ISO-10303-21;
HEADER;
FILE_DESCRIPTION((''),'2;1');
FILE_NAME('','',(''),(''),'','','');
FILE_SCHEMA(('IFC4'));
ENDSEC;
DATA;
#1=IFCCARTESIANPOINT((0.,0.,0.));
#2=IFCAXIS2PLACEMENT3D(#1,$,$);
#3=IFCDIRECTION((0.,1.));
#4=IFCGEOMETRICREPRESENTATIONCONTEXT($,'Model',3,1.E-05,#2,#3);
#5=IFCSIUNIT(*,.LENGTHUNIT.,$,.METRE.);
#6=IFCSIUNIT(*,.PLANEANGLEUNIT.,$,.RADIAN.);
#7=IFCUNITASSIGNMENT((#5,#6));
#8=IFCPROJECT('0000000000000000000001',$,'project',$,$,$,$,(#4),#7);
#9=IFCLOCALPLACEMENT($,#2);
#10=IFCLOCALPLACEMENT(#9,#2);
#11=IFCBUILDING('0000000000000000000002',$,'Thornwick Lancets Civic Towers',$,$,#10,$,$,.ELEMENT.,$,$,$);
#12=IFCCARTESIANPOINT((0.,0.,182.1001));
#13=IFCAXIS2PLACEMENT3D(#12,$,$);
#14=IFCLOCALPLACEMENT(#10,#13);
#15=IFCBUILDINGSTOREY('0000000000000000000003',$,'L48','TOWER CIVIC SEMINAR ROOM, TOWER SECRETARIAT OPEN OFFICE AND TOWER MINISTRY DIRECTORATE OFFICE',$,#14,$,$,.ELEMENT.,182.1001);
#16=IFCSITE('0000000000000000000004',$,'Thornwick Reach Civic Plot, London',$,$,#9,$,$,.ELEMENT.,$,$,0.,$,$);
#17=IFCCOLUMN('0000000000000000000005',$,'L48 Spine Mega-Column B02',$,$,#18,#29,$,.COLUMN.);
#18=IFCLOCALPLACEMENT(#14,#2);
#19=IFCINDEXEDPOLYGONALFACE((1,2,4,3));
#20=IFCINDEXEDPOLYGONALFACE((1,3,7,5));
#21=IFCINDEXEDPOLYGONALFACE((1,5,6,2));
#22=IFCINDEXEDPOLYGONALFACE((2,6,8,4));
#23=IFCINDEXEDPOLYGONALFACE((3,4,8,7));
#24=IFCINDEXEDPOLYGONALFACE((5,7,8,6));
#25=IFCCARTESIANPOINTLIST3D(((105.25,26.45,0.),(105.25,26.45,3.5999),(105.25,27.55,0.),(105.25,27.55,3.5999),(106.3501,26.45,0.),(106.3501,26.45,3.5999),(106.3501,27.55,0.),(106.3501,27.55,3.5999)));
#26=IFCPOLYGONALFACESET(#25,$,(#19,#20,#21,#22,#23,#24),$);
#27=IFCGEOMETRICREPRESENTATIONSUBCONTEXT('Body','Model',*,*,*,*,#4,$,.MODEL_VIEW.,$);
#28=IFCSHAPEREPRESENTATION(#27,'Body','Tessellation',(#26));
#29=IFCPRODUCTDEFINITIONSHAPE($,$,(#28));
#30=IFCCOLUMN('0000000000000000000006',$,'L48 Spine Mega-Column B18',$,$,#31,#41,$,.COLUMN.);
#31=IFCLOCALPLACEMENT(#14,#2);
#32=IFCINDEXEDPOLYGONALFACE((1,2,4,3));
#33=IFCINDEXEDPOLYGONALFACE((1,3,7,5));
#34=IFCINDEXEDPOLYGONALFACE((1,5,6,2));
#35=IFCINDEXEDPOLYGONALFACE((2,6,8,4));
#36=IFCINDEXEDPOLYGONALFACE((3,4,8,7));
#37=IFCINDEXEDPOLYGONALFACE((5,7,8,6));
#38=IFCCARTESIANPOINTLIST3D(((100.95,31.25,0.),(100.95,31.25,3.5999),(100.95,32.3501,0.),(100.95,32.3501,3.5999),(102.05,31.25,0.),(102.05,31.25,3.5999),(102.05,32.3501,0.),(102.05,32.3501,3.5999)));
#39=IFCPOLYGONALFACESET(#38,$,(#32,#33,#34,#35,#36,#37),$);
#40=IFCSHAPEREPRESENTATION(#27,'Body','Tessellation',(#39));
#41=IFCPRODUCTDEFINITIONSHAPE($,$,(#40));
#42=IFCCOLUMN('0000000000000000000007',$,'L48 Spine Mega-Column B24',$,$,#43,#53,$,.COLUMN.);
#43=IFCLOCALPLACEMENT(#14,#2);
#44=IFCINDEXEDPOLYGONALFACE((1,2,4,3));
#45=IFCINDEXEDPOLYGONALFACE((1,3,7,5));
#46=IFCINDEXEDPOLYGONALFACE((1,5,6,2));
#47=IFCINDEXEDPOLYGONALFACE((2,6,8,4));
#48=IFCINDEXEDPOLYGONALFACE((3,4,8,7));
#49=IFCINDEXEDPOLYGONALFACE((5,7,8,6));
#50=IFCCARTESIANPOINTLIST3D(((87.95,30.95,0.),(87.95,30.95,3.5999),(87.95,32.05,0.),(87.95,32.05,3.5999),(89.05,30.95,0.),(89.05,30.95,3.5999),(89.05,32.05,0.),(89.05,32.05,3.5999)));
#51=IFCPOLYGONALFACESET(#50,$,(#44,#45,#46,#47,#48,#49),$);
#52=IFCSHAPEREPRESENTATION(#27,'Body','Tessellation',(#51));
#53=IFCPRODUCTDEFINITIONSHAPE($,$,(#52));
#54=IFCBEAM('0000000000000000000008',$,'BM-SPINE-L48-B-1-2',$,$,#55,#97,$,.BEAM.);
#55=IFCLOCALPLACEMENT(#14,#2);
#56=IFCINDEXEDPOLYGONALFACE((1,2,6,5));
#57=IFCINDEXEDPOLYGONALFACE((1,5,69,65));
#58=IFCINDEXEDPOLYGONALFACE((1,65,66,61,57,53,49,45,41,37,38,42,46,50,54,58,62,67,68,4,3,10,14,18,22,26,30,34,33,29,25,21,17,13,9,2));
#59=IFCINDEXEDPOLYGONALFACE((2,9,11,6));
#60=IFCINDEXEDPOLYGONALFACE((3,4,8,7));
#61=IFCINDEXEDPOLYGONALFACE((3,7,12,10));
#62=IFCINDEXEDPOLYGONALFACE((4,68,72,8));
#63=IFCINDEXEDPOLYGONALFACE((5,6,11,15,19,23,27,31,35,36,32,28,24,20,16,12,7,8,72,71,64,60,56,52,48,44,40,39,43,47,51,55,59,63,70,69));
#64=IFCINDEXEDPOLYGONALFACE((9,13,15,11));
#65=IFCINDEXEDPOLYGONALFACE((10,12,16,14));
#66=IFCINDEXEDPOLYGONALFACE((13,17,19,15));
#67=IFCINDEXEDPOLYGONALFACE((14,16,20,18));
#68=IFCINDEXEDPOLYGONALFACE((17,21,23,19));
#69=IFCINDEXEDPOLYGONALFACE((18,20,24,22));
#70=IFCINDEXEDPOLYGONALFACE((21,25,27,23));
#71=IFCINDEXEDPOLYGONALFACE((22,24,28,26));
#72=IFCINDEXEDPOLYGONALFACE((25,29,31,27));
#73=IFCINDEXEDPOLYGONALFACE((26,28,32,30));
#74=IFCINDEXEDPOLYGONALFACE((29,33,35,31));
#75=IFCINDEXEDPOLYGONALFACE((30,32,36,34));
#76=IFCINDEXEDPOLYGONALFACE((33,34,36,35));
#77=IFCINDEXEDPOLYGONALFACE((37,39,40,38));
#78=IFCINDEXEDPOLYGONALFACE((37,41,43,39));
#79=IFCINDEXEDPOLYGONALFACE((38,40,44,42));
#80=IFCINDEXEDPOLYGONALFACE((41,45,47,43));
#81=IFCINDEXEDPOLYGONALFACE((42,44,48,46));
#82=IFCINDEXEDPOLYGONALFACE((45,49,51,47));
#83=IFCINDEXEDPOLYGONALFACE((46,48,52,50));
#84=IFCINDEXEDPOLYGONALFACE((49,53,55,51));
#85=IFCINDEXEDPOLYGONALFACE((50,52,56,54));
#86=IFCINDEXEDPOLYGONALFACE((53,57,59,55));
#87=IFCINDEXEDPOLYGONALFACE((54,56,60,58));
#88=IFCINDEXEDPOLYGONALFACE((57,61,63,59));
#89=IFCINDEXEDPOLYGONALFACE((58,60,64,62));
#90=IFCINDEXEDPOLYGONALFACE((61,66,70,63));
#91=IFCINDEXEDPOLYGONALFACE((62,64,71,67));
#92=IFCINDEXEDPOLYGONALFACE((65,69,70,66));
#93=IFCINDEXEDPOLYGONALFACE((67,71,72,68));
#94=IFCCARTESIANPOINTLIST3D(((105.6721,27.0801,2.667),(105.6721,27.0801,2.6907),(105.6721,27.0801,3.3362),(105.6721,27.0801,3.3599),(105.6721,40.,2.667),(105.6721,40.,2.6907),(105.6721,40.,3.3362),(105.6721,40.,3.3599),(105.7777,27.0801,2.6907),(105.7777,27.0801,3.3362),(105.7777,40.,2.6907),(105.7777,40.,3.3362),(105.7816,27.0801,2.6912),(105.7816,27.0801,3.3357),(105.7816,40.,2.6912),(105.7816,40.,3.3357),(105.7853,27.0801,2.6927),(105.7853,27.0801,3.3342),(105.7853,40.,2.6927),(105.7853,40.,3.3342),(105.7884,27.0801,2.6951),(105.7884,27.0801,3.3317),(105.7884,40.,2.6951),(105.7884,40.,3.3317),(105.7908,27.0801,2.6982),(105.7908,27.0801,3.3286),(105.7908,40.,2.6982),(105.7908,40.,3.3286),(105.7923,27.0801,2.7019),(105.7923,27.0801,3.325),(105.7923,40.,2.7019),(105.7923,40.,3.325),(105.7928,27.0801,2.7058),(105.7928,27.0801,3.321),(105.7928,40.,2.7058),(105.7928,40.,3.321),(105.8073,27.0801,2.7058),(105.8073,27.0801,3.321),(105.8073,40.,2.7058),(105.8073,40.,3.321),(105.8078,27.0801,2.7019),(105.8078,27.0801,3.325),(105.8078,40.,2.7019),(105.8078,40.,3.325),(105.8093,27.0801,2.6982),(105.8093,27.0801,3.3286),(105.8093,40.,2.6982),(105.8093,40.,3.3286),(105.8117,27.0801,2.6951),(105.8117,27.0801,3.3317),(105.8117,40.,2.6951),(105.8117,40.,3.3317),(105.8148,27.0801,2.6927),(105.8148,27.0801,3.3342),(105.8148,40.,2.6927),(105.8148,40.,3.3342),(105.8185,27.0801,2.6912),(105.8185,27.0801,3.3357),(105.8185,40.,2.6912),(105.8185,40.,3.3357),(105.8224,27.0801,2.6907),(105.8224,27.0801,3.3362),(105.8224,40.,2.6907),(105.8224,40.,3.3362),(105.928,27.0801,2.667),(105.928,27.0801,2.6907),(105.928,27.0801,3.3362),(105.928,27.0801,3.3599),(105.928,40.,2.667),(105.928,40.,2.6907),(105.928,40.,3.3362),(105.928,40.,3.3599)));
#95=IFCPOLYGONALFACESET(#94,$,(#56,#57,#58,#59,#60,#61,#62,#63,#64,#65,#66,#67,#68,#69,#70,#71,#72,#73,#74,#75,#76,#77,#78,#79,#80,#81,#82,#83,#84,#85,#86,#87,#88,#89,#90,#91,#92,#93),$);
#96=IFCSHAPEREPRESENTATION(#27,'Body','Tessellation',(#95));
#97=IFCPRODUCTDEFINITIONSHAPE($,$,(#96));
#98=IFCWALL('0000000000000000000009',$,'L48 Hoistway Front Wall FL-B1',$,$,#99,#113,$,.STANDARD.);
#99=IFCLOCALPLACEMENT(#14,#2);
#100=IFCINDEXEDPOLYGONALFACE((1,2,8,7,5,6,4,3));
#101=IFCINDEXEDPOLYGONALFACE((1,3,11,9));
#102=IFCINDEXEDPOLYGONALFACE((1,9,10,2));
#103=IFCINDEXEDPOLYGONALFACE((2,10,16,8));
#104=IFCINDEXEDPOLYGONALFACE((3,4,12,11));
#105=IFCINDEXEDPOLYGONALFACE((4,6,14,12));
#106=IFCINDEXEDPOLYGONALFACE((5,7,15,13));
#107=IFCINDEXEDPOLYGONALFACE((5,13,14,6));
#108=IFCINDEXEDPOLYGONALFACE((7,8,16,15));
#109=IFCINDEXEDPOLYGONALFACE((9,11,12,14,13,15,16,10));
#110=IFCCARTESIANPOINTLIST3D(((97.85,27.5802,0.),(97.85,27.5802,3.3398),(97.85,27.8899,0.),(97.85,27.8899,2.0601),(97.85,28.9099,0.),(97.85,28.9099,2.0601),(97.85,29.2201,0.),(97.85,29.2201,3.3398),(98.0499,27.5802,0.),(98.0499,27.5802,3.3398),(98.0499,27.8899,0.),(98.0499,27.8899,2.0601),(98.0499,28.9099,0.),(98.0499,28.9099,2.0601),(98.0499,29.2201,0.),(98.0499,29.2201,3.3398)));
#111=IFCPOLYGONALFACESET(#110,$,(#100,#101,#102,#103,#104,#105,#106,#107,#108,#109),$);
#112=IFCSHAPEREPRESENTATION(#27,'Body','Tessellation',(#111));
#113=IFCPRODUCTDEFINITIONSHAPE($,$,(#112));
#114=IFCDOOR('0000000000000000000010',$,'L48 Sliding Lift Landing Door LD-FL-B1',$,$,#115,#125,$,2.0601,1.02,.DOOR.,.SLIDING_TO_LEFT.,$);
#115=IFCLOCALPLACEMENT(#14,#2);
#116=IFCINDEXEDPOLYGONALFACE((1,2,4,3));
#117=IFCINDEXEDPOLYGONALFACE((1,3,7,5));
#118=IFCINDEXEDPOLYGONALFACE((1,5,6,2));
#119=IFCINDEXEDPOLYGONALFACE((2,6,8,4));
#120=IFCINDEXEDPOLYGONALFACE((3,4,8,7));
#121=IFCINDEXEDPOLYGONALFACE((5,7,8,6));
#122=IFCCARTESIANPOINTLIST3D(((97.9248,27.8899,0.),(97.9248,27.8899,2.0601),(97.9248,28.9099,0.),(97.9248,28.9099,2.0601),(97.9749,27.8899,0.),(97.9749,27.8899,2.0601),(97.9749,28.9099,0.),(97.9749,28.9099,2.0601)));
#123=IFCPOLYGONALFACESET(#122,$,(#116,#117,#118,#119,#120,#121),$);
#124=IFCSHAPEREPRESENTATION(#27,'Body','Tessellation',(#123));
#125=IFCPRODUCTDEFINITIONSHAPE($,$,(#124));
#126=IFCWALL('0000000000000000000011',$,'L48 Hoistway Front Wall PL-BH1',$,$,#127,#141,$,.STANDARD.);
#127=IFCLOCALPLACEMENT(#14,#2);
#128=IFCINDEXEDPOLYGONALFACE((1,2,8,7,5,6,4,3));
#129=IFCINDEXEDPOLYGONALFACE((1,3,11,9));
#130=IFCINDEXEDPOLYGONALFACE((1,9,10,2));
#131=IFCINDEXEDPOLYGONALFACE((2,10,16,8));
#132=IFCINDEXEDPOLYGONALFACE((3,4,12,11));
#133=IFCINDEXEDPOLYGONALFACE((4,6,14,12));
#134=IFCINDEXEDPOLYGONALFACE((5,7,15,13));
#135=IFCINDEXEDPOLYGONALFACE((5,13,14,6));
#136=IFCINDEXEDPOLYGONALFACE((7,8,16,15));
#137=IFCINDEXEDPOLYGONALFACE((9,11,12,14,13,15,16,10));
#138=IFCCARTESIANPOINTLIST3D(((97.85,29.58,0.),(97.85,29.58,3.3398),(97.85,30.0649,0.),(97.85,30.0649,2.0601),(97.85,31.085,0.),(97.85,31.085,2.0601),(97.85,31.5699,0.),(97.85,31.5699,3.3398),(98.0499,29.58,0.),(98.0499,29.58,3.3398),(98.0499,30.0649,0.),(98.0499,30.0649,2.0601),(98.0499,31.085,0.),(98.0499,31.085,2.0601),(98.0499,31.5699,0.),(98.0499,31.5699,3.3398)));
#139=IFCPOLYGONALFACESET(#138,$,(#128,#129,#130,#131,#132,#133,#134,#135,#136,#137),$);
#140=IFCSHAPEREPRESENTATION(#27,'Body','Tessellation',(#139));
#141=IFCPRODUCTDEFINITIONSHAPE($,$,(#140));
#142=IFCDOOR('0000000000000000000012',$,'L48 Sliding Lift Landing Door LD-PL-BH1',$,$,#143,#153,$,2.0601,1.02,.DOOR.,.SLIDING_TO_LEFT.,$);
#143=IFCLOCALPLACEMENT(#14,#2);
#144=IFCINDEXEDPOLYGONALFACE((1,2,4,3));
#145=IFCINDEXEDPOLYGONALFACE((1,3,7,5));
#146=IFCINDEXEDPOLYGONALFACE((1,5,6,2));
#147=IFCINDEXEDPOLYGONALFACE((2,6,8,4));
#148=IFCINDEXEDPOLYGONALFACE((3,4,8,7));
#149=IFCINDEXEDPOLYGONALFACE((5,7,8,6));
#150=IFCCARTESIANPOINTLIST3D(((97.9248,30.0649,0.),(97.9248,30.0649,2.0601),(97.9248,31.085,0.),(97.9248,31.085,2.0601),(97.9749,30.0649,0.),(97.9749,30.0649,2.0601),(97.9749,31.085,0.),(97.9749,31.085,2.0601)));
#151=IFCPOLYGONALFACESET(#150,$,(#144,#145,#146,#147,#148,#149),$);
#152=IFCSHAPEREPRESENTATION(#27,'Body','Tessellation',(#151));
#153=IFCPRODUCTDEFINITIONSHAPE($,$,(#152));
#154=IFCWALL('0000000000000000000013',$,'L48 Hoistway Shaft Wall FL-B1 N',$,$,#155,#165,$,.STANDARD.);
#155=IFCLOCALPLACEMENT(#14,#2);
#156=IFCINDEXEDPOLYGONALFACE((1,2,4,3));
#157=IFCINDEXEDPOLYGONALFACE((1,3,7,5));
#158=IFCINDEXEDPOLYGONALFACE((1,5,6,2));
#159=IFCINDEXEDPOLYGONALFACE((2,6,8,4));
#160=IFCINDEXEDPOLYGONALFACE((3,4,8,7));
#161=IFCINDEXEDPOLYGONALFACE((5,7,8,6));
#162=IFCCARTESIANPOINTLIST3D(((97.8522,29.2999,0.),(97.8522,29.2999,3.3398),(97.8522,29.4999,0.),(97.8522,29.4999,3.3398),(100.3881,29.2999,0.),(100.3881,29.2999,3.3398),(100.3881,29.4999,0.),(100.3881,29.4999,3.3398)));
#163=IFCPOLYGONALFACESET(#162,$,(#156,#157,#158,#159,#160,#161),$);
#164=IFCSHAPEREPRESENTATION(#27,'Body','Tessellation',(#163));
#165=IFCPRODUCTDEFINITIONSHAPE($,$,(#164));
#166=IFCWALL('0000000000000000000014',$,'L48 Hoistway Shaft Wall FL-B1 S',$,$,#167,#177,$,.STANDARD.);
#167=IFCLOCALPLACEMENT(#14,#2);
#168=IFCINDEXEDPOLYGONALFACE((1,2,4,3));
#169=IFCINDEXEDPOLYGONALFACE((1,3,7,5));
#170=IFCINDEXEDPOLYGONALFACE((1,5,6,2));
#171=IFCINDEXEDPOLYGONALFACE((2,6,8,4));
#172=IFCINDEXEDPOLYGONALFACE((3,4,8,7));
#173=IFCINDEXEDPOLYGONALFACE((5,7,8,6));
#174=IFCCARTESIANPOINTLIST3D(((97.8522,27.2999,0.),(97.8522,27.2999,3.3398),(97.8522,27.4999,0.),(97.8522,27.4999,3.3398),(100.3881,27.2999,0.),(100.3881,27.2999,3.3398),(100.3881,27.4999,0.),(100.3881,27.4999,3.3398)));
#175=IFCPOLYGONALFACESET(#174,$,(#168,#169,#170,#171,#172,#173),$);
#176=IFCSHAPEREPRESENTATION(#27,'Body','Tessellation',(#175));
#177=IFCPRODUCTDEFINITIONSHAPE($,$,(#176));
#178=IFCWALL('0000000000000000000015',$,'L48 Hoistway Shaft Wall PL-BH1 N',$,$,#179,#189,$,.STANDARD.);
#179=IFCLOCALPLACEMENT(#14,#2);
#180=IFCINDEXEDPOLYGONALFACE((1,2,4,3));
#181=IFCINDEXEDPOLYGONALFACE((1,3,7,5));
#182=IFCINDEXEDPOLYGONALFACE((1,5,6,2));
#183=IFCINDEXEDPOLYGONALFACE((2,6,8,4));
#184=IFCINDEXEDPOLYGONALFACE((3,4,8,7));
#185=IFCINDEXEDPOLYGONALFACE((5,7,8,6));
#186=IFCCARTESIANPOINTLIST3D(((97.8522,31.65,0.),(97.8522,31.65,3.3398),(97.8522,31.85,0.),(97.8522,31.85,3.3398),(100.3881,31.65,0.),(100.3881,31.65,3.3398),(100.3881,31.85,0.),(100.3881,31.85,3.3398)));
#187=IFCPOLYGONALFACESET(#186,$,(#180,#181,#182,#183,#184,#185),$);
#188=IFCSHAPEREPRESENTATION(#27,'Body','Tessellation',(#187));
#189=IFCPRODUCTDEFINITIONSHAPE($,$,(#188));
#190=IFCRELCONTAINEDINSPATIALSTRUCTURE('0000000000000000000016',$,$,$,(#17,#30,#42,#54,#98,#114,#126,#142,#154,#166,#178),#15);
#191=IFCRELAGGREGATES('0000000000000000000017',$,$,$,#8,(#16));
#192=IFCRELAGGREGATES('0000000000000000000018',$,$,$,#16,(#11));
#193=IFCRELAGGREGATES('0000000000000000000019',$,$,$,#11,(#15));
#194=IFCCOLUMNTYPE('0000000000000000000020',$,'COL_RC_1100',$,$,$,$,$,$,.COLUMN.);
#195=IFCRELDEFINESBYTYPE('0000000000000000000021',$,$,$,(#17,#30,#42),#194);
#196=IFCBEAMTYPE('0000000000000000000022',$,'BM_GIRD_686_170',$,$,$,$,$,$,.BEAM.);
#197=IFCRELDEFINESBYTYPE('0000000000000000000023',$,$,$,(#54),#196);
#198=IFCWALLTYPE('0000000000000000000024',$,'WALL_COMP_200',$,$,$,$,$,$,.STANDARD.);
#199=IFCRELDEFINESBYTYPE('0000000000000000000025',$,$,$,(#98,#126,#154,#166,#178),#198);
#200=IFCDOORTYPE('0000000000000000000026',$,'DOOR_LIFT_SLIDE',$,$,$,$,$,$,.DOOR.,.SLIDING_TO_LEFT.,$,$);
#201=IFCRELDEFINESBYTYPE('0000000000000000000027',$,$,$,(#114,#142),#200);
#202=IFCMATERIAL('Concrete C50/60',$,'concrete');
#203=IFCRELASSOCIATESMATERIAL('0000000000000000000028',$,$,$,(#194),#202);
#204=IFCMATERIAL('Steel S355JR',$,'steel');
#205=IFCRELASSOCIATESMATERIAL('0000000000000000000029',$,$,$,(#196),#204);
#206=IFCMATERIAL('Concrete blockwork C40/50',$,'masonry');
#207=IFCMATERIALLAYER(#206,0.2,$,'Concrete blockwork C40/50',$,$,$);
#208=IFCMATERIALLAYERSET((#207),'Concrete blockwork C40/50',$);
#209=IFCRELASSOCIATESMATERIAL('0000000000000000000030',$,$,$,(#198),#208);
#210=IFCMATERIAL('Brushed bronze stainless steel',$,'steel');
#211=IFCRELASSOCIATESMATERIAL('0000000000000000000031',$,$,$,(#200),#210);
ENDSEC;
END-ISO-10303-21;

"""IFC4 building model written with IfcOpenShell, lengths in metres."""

from ifc_helpers import new_model, si_unit, direction, frame, frame_2d, origin, origin_2d, place, context, subcontext, project, spatial, rectangle, i_section, extrude, material, layer, layer_set, material_profile, profile_set, type_object, element, fill, save


model = new_model("IFC4")

# Units and contexts
model_context = context("Model", 3, precision=1e-05, world=origin(), true_north=direction((0.0, 1.0)))
body_context = subcontext(model_context, "Body", "Model", "MODEL_VIEW")
ifc_project = project(units=[si_unit("LENGTHUNIT", "METRE"), si_unit("PLANEANGLEUNIT", "RADIAN")], contexts=[model_context])

# Site, building, storey
site_placement = place(None, origin())
site = spatial("IfcSite", under=ifc_project, at=site_placement, Name="Thornwick Reach Civic Plot, London", CompositionType="ELEMENT", RefElevation=0.0)
building_placement = place(site_placement, origin())
building = spatial("IfcBuilding", under=site, at=building_placement, Name="Thornwick Lancets Civic Towers", CompositionType="ELEMENT")
storey_placement = place(building_placement, frame((0.0, 0.0, 182.1001)))
storey = spatial("IfcBuildingStorey", under=building, at=storey_placement, Name="L48", Description="TOWER CIVIC SEMINAR ROOM, TOWER SECRETARIAT OPEN OFFICE AND TOWER MINISTRY DIRECTORATE OFFICE", CompositionType="ELEMENT", Elevation=182.1001)

# Columns
ifc_material_1 = material(Name="Concrete C50/60", Category="concrete")
ifc_material_profile_1 = material_profile(ifc_material_1, rectangle(XDim=1.1001, YDim=1.1001, at=origin_2d()), Name="RC 1100x1100")
ifc_profile_set_1 = profile_set([ifc_material_profile_1], Name="Concrete C50/60")
column_type = type_object("IfcColumnType", Name="COL_RC_1100", PredefinedType="COLUMN", material=ifc_profile_set_1)
for number, where, z_axis, x_axis, name in (
    (1, (105.8, 27.0, 0.0), (0.0, 0.0, 1.0), (1.0, 0.0, 0.0), "L48 Spine Mega-Column B02"),
    (2, (101.5, 31.8, 0.0), (0.0, 0.0, 1.0), (1.0, 0.0, 0.0), "L48 Spine Mega-Column B18"),
    (3, (88.5, 31.5, 0.0), (0.0, 0.0, 1.0), (1.0, 0.0, 0.0), "L48 Spine Mega-Column B24"),
):
    element("IfcColumn", number, at=place(storey_placement, frame(where, z_axis=z_axis, x_axis=x_axis)), inside=storey, type_object=column_type, Name=name, PredefinedType="COLUMN", context=body_context, shape_type="SweptSolid", body=[
        extrude(rectangle(XDim=1.1001, YDim=1.1001, at=origin_2d()), origin(), (0.0, 0.0, 1.0), 3.5999),
    ])

# Beam
ifc_material_2 = material(Name="Steel S355JR", Category="steel")
ifc_material_profile_2 = material_profile(ifc_material_2, i_section(OverallWidth=0.2559, OverallDepth=0.6929, WebThickness=0.0144, FlangeThickness=0.0237, FilletRadius=0.0151, at=origin_2d()), Name="UKB 686x254x170")
ifc_profile_set_2 = profile_set([ifc_material_profile_2], Name="Steel S355JR")
beam_type = type_object("IfcBeamType", Name="BM_GIRD_686_170", PredefinedType="BEAM", material=ifc_profile_set_2)
beam_placement = place(storey_placement, frame((105.8, 27.0801, 3.0134), z_axis=(0.0, 1.0, 0.0), x_axis=(-1.0, 0.0, 0.0)))
element("IfcBeam", 4, at=beam_placement, inside=storey, type_object=beam_type, Name="BM-SPINE-L48-B-1-2", PredefinedType="BEAM", context=body_context, shape_type="SweptSolid", body=[
    extrude(i_section(OverallWidth=0.2559, OverallDepth=0.6929, WebThickness=0.0144, FlangeThickness=0.0237, FilletRadius=0.0151, at=origin_2d()), origin(), (0.0, 0.0, 1.0), 12.9199),
])

# Walls, openings, doors
ifc_material_3 = material(Name="Concrete blockwork C40/50", Category="masonry")
ifc_layer_1 = layer(ifc_material_3, 0.2, Name="Concrete blockwork C40/50")
ifc_layer_set_1 = layer_set([ifc_layer_1], Name="Concrete blockwork C40/50")
wall_type_1 = type_object("IfcWallType", Name="WALL_COMP_200", PredefinedType="STANDARD", material=ifc_layer_set_1)
wall_1_placement = place(storey_placement, frame((97.95, 29.22, 0.0), z_axis=(0.0, 0.0, 1.0), x_axis=(0.0, -1.0, 0.0)))
wall_1 = element("IfcWall", 5, at=wall_1_placement, inside=storey, type_object=wall_type_1, Name="L48 Hoistway Front Wall FL-B1", PredefinedType="STANDARD", context=body_context, shape_type="SweptSolid", body=[
    extrude(rectangle(XDim=1.6399, YDim=0.2, at=frame_2d((0.8198, 0.0))), origin(), (0.0, 0.0, 1.0), 3.3398),
])
opening_1_placement = place(wall_1_placement, frame((0.3101, 0.0, 0.0)))
opening_1 = element("IfcOpeningElement", 6, at=opening_1_placement, cuts=wall_1, PredefinedType="OPENING", context=body_context, shape_type="SweptSolid", body=[
    extrude(rectangle(XDim=1.02, YDim=2.0601, at=frame_2d((0.51, 1.03))), frame((0.0, 0.1099, 0.0), z_axis=(0.0, -1.0, 0.0), x_axis=(1.0, 0.0, 0.0)), (0.0, 0.0, 1.0), 0.22),
])
ifc_material_4 = material(Name="Brushed bronze stainless steel", Category="steel")
door_type_1 = type_object("IfcDoorType", Name="DOOR_LIFT_SLIDE", OperationType="SLIDING_TO_LEFT", PredefinedType="DOOR", material=ifc_material_4)
door_1_placement = place(opening_1_placement, origin())
door_1 = element("IfcDoor", 7, at=door_1_placement, inside=storey, type_object=door_type_1, Name="L48 Sliding Lift Landing Door LD-FL-B1", OperationType="SLIDING_TO_LEFT", OverallHeight=2.0601, OverallWidth=1.02, PredefinedType="DOOR", context=body_context, shape_type="SweptSolid", body=[
    extrude(rectangle(XDim=1.02, YDim=2.0601, at=frame_2d((0.51, 1.03))), frame((0.0, 0.0249, 0.0), z_axis=(0.0, -1.0, 0.0), x_axis=(1.0, 0.0, 0.0)), (0.0, 0.0, 1.0), 0.05),
])
fill(opening_1, door_1)
wall_2_placement = place(storey_placement, frame((97.95, 31.5701, 0.0), z_axis=(0.0, 0.0, 1.0), x_axis=(0.0, -1.0, 0.0)))
wall_2 = element("IfcWall", 8, at=wall_2_placement, inside=storey, type_object=wall_type_1, Name="L48 Hoistway Front Wall PL-BH1", PredefinedType="STANDARD", context=body_context, shape_type="SweptSolid", body=[
    extrude(rectangle(XDim=1.99, YDim=0.2, at=frame_2d((0.9951, 0.0))), origin(), (0.0, 0.0, 1.0), 3.3398),
])
opening_2_placement = place(wall_2_placement, frame((0.4851, 0.0, 0.0)))
opening_2 = element("IfcOpeningElement", 9, at=opening_2_placement, cuts=wall_2, PredefinedType="OPENING", context=body_context, shape_type="SweptSolid", body=[
    extrude(rectangle(XDim=1.02, YDim=2.0601, at=frame_2d((0.51, 1.03))), frame((0.0, 0.1099, 0.0), z_axis=(0.0, -1.0, 0.0), x_axis=(1.0, 0.0, 0.0)), (0.0, 0.0, 1.0), 0.22),
])
door_2_placement = place(opening_2_placement, origin())
door_2 = element("IfcDoor", 10, at=door_2_placement, inside=storey, type_object=door_type_1, Name="L48 Sliding Lift Landing Door LD-PL-BH1", OperationType="SLIDING_TO_LEFT", OverallHeight=2.0601, OverallWidth=1.02, PredefinedType="DOOR", context=body_context, shape_type="SweptSolid", body=[
    extrude(rectangle(XDim=1.02, YDim=2.0601, at=frame_2d((0.51, 1.03))), frame((0.0, 0.0249, 0.0), z_axis=(0.0, -1.0, 0.0), x_axis=(1.0, 0.0, 0.0)), (0.0, 0.0, 1.0), 0.05),
])
fill(opening_2, door_2)

# Walls
for number, where, z_axis, x_axis, name in (
    (11, (97.8521, 29.3999, 0.0), (0.0, 0.0, 1.0), (1.0, 0.0, 0.0), "L48 Hoistway Shaft Wall FL-B1 N"),
    (12, (97.8521, 27.3999, 0.0), (0.0, 0.0, 1.0), (1.0, 0.0, 0.0), "L48 Hoistway Shaft Wall FL-B1 S"),
    (13, (97.8521, 31.75, 0.0), (0.0, 0.0, 1.0), (1.0, 0.0, 0.0), "L48 Hoistway Shaft Wall PL-BH1 N"),
):
    element("IfcWall", number, at=place(storey_placement, frame(where, z_axis=z_axis, x_axis=x_axis)), inside=storey, type_object=wall_type_1, Name=name, PredefinedType="STANDARD", context=body_context, shape_type="SweptSolid", body=[
        extrude(rectangle(XDim=2.5359, YDim=0.2, at=frame_2d((1.2681, 0.0))), origin(), (0.0, 0.0, 1.0), 3.3398),
    ])

save(model, "model.ifc")
